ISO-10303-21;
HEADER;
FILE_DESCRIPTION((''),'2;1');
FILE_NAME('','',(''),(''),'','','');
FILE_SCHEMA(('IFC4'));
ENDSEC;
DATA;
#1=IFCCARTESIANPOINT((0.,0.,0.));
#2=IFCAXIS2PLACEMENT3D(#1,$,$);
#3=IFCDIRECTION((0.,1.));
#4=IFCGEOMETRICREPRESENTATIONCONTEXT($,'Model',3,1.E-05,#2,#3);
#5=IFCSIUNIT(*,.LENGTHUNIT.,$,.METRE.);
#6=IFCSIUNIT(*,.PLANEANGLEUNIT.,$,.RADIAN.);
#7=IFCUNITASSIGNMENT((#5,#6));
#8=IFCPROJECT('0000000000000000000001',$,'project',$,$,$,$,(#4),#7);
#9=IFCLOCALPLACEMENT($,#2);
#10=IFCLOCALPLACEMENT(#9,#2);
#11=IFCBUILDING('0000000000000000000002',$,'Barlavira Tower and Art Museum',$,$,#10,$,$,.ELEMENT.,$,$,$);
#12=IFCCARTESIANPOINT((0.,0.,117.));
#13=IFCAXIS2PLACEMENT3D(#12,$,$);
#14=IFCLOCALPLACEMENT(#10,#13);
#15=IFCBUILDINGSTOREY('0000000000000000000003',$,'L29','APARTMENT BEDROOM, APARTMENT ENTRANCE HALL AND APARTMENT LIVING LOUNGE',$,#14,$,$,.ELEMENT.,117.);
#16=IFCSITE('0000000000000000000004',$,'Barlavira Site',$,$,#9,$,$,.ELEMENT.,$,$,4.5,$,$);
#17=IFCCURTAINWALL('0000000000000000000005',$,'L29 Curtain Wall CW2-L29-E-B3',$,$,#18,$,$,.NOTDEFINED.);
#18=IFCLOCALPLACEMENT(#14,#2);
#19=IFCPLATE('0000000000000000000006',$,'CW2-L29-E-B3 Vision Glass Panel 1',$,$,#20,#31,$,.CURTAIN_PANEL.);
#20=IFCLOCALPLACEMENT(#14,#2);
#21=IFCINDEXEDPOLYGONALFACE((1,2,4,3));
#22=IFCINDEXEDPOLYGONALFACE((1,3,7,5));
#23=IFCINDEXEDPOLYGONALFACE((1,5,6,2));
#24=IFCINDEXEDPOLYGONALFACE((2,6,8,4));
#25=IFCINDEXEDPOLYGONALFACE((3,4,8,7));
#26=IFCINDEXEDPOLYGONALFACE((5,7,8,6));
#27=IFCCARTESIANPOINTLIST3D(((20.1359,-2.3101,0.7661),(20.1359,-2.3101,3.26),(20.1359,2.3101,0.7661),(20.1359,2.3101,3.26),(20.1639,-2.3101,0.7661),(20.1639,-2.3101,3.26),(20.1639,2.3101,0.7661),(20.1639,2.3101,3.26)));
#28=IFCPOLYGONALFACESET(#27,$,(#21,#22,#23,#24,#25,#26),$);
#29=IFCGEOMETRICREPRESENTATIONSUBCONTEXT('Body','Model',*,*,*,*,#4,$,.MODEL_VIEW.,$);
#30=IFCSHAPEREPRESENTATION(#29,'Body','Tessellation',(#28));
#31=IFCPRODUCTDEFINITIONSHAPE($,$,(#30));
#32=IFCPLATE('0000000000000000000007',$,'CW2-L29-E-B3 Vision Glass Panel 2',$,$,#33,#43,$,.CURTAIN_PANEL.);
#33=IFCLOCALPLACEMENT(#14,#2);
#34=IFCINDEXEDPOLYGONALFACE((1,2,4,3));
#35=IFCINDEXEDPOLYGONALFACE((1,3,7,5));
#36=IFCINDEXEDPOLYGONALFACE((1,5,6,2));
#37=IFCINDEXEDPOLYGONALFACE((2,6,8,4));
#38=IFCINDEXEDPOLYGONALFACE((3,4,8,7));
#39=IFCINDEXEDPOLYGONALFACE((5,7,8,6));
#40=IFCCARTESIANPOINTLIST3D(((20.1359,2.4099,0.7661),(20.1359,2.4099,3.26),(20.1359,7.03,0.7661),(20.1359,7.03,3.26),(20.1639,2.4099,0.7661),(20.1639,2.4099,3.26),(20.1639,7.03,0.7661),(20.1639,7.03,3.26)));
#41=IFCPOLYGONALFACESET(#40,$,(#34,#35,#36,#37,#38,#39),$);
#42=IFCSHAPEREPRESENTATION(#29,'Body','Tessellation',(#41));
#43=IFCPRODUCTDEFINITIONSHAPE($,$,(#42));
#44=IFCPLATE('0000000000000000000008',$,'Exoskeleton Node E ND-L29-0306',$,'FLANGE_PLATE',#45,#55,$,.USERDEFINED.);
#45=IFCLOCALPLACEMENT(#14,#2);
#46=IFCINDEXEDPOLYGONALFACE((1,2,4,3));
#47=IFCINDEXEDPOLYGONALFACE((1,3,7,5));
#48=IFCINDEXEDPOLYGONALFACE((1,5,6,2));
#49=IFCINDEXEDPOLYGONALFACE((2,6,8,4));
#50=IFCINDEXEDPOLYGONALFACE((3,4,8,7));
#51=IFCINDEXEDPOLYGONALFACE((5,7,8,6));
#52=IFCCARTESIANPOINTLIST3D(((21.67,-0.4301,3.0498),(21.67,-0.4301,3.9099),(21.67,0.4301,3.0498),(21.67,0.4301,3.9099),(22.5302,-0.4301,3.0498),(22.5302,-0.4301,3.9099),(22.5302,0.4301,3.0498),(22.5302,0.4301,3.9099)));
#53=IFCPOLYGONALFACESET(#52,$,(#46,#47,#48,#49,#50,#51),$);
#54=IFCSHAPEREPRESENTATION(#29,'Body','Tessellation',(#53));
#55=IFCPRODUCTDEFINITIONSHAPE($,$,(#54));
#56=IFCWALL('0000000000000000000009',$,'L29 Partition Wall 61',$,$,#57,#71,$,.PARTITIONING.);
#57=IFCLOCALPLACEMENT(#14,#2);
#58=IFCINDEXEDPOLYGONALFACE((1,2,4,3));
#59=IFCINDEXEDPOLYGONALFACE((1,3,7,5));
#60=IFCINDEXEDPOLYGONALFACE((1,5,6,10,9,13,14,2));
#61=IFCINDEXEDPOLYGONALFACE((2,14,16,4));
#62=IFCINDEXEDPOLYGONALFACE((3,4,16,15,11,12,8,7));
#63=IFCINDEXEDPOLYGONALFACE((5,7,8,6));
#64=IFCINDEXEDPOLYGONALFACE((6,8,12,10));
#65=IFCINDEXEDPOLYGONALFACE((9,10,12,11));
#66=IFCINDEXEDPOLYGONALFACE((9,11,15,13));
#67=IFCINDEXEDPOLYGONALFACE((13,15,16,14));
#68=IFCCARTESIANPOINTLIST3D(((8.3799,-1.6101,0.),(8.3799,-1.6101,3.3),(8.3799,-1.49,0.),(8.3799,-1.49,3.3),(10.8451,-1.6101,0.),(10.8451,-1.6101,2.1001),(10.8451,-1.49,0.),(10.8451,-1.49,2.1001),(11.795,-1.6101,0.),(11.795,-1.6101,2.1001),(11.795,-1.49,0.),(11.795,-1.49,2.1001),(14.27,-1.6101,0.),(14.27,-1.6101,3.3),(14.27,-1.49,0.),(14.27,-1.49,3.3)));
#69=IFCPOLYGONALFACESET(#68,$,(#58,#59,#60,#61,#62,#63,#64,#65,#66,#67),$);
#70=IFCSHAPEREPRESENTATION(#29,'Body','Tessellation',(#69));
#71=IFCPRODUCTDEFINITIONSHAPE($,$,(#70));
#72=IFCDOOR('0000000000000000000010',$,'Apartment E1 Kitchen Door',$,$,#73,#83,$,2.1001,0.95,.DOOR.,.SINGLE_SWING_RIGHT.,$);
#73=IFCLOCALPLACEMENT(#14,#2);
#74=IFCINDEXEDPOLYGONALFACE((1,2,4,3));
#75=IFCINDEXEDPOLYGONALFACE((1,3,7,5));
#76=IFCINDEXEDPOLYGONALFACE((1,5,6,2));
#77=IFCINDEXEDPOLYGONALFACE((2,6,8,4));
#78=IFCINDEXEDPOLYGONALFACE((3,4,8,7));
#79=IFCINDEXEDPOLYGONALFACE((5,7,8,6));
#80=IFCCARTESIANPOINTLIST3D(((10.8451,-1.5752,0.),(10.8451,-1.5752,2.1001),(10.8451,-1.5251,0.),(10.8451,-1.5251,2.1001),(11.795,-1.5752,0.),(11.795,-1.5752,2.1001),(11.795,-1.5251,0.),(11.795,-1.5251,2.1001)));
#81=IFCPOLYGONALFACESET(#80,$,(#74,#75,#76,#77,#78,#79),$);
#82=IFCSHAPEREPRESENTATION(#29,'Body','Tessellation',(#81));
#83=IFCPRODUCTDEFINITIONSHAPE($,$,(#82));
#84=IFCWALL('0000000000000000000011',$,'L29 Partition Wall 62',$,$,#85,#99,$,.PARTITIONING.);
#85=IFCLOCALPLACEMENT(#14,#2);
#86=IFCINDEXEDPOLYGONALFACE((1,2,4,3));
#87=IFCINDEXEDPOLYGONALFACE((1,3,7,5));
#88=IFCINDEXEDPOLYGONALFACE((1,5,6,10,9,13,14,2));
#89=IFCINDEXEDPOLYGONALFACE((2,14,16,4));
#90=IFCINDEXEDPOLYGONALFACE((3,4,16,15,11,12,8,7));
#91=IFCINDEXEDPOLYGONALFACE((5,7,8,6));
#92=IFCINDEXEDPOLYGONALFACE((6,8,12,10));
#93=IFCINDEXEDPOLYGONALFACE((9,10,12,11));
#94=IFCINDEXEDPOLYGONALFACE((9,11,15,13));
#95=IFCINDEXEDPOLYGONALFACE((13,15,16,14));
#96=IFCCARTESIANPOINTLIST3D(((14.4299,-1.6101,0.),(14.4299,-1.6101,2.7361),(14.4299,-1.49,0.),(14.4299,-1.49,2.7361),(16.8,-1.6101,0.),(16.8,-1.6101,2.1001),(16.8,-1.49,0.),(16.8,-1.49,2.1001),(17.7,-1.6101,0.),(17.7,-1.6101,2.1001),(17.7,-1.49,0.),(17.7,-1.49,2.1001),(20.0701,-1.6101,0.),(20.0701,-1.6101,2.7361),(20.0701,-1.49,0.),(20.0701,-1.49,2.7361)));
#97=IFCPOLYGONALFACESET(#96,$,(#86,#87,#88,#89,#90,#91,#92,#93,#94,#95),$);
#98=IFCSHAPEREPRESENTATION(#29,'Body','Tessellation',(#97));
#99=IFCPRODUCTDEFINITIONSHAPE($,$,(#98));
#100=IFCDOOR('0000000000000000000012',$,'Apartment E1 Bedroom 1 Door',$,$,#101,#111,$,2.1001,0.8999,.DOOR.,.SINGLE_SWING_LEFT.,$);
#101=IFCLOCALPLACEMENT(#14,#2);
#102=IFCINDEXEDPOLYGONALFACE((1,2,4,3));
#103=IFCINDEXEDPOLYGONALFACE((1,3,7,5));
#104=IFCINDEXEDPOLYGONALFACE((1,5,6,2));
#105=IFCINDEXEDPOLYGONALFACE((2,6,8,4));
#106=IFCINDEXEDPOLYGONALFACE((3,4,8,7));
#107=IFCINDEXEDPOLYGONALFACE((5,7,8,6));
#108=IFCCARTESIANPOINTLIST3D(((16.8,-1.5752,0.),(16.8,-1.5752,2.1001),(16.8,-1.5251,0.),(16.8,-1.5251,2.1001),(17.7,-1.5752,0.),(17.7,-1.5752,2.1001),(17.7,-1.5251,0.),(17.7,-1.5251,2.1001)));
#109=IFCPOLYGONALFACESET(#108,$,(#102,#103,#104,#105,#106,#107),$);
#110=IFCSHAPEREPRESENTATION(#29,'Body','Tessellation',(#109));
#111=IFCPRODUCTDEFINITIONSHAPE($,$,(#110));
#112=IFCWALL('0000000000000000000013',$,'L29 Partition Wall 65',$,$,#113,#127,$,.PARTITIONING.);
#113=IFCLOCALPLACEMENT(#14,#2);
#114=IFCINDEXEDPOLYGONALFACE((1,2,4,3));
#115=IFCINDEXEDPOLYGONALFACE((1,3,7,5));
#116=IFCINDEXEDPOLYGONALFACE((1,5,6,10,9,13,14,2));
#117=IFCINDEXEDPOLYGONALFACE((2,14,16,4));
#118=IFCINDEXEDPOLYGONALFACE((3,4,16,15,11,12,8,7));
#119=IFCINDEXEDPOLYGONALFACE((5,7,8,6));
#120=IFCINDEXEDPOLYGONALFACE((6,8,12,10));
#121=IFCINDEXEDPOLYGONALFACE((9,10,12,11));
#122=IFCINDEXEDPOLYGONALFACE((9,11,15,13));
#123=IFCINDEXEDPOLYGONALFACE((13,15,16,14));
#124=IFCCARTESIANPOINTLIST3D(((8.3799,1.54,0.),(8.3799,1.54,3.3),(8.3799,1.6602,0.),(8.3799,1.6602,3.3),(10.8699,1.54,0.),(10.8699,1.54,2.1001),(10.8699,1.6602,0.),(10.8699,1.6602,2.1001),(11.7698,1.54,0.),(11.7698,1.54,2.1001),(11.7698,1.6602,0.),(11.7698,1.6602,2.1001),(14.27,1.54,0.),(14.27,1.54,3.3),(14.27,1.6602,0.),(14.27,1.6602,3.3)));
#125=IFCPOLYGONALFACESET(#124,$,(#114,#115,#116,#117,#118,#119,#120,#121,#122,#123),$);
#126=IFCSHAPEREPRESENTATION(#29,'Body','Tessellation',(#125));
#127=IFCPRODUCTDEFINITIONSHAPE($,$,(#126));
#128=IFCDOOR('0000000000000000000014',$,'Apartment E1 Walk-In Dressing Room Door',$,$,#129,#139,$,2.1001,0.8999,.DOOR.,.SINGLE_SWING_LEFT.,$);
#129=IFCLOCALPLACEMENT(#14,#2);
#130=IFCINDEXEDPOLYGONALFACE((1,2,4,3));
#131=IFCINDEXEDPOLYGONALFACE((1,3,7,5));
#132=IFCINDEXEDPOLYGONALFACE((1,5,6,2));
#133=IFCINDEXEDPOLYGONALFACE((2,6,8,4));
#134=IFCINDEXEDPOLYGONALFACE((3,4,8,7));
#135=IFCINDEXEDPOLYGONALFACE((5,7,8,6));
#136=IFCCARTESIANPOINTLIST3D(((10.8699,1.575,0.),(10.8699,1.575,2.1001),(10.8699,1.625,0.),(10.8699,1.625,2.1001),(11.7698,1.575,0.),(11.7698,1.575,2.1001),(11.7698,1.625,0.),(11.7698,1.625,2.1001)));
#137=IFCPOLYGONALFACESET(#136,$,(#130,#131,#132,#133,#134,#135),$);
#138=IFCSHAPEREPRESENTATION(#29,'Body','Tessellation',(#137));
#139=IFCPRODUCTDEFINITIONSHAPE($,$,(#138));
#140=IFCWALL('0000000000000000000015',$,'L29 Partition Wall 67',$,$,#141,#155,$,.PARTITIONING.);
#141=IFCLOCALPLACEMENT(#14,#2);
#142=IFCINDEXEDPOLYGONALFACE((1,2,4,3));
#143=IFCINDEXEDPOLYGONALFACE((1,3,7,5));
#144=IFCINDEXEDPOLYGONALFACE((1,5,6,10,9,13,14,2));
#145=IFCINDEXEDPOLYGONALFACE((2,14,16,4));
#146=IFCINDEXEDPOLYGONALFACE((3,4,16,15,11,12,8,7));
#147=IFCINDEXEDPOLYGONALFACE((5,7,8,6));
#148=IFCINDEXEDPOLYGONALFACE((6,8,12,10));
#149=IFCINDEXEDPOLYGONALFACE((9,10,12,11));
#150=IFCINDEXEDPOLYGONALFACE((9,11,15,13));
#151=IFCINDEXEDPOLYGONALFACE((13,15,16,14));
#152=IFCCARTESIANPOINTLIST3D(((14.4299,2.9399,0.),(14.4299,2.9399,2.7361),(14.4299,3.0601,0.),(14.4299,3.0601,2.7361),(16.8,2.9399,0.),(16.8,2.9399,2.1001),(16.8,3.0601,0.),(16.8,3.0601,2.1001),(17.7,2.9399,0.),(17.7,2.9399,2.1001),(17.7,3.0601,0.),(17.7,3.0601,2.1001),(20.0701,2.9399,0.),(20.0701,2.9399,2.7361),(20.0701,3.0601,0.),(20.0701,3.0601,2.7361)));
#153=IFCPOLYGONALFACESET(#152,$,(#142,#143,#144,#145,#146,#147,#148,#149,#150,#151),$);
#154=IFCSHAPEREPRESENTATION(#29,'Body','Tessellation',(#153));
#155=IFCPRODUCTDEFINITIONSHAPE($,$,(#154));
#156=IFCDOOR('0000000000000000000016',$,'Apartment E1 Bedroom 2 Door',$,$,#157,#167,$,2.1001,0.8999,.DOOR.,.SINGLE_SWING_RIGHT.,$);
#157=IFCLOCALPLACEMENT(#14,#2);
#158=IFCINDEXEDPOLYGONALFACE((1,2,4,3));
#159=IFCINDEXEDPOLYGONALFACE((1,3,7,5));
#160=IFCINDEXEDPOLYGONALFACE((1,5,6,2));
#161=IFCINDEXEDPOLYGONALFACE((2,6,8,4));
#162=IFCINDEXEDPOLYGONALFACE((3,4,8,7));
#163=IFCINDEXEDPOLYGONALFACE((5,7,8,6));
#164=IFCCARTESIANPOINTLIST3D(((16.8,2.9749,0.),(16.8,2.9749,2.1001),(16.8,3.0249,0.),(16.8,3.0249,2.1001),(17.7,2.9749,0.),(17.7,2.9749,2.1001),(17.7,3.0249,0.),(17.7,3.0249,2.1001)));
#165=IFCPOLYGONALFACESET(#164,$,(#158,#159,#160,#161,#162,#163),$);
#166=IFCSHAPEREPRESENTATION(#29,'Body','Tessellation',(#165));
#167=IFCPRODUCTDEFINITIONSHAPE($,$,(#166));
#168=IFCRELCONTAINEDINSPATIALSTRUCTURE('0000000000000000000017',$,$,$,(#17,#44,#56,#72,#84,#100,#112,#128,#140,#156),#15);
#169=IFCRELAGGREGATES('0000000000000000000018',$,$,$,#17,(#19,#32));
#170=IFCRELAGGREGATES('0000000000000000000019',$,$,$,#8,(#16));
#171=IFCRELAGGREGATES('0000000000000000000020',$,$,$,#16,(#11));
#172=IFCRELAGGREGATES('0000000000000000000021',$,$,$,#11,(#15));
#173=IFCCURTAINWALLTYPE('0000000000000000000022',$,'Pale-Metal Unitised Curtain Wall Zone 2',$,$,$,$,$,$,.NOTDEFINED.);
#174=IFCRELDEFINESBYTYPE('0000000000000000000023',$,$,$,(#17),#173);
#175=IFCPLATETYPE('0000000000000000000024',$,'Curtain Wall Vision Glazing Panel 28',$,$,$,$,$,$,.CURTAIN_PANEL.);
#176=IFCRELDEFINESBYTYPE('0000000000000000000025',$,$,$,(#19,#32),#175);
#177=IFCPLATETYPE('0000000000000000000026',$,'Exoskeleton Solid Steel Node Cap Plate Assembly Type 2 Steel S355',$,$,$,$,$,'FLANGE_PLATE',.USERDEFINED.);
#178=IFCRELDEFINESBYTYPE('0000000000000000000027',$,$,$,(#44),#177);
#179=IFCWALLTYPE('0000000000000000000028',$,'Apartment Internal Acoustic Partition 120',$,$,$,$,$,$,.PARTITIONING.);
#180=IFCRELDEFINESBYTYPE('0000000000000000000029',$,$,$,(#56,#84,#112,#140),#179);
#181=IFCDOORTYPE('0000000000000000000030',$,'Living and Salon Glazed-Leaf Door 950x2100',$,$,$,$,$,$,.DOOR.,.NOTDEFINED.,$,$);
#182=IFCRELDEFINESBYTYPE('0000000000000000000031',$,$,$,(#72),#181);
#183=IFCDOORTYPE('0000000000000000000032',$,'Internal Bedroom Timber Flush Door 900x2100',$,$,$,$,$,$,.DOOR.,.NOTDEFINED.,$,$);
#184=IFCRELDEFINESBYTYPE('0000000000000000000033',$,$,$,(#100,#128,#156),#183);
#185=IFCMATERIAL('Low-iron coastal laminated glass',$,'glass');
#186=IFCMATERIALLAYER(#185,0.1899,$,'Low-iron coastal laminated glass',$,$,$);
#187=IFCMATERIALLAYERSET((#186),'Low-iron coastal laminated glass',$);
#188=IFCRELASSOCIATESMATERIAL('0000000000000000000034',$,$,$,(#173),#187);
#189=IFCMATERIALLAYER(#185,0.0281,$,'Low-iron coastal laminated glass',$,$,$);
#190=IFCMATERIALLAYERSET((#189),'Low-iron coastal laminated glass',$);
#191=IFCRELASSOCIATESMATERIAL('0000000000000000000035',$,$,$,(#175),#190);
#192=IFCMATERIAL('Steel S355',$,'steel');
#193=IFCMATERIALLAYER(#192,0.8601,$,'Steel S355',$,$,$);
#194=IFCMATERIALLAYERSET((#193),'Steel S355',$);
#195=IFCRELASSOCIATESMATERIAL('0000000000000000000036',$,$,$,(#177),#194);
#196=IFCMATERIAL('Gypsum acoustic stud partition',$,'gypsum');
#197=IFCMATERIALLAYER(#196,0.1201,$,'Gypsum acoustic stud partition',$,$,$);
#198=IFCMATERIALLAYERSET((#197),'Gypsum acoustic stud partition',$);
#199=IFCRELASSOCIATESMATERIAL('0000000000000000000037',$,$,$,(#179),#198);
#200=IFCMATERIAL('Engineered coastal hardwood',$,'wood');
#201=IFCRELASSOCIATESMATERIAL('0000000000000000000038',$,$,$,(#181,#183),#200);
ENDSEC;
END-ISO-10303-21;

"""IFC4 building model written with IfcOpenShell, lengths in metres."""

from ifc_helpers import new_model, si_unit, direction, frame, frame_2d, origin, origin_2d, place, context, subcontext, project, spatial, rectangle, extrude, material, layer, layer_set, type_object, element, fill, aggregate, save


model = new_model("IFC4")

# Units and contexts
model_context = context("Model", 3, precision=1e-05, world=origin(), true_north=direction((0.0, 1.0)))
body_context = subcontext(model_context, "Body", "Model", "MODEL_VIEW")
ifc_project = project(units=[si_unit("LENGTHUNIT", "METRE"), si_unit("PLANEANGLEUNIT", "RADIAN")], contexts=[model_context])

# Site, building, storey
site_placement = place(None, origin())
site = spatial("IfcSite", under=ifc_project, at=site_placement, Name="Barlavira Site", CompositionType="ELEMENT", RefElevation=4.5)
building_placement = place(site_placement, origin())
building = spatial("IfcBuilding", under=site, at=building_placement, Name="Barlavira Tower and Art Museum", CompositionType="ELEMENT")
storey_placement = place(building_placement, frame((0.0, 0.0, 117.0)))
storey = spatial("IfcBuildingStorey", under=building, at=storey_placement, Name="L29", Description="APARTMENT BEDROOM, APARTMENT ENTRANCE HALL AND APARTMENT LIVING LOUNGE", CompositionType="ELEMENT", Elevation=117.0)

# Shared definitions
ifc_material_1 = material(Name="Steel S355", Category="steel")

# Curtain wall
ifc_material_2 = material(Name="Low-iron coastal laminated glass", Category="glass")
ifc_layer_1 = layer(ifc_material_2, 0.1899, Name="Low-iron coastal laminated glass")
ifc_layer_set_1 = layer_set([ifc_layer_1], Name="Low-iron coastal laminated glass")
curtain_wall_type = type_object("IfcCurtainWallType", Name="Pale-Metal Unitised Curtain Wall Zone 2", PredefinedType="NOTDEFINED", material=ifc_layer_set_1)
curtain_wall_placement = place(storey_placement, origin())
curtain_wall = element("IfcCurtainWall", 1, at=curtain_wall_placement, inside=storey, type_object=curtain_wall_type, Name="L29 Curtain Wall CW2-L29-E-B3", PredefinedType="NOTDEFINED")

# Plates
ifc_layer_2 = layer(ifc_material_2, 0.0281, Name="Low-iron coastal laminated glass")
ifc_layer_set_2 = layer_set([ifc_layer_2], Name="Low-iron coastal laminated glass")
plate_type_1 = type_object("IfcPlateType", Name="Curtain Wall Vision Glazing Panel 28", PredefinedType="CURTAIN_PANEL", material=ifc_layer_set_2)
plate_1_placement = place(storey_placement, frame((20.1499, 0.0, 0.7661), z_axis=(0.0, 0.0, 1.0), x_axis=(0.0, 1.0, 0.0)))
plate_1 = element("IfcPlate", 2, at=plate_1_placement, type_object=plate_type_1, Name="CW2-L29-E-B3 Vision Glass Panel 1", PredefinedType="CURTAIN_PANEL", context=body_context, shape_type="SweptSolid", body=[
    extrude(rectangle(XDim=4.6201, YDim=0.0281, at=origin_2d()), origin(), (0.0, 0.0, 1.0), 2.4939),
])
plate_2_placement = place(storey_placement, frame((20.1499, 4.72, 0.7661), z_axis=(0.0, 0.0, 1.0), x_axis=(0.0, 1.0, 0.0)))
plate_2 = element("IfcPlate", 3, at=plate_2_placement, type_object=plate_type_1, Name="CW2-L29-E-B3 Vision Glass Panel 2", PredefinedType="CURTAIN_PANEL", context=body_context, shape_type="SweptSolid", body=[
    extrude(rectangle(XDim=4.6201, YDim=0.0281, at=origin_2d()), origin(), (0.0, 0.0, 1.0), 2.4939),
])
aggregate(curtain_wall, [plate_1, plate_2])
ifc_layer_3 = layer(ifc_material_1, 0.8601, Name="Steel S355")
ifc_layer_set_3 = layer_set([ifc_layer_3], Name="Steel S355")
plate_type_2 = type_object("IfcPlateType", Name="Exoskeleton Solid Steel Node Cap Plate Assembly Type 2 Steel S355", ElementType="FLANGE_PLATE", PredefinedType="USERDEFINED", material=ifc_layer_set_3)
plate_3_placement = place(storey_placement, frame((22.1001, 0.0, 3.0498), z_axis=(0.0, 0.0, 1.0), x_axis=(1.0, 0.0, 0.0)))
element("IfcPlate", 4, at=plate_3_placement, inside=storey, type_object=plate_type_2, Name="Exoskeleton Node E ND-L29-0306", ObjectType="FLANGE_PLATE", PredefinedType="USERDEFINED", context=body_context, shape_type="SweptSolid", body=[
    extrude(rectangle(XDim=0.8601, YDim=0.8601, at=origin_2d()), origin(), (0.0, 0.0, 1.0), 0.8601),
])

# Walls, openings, doors
ifc_material_3 = material(Name="Gypsum acoustic stud partition", Category="gypsum")
ifc_layer_4 = layer(ifc_material_3, 0.1201, Name="Gypsum acoustic stud partition")
ifc_layer_set_4 = layer_set([ifc_layer_4], Name="Gypsum acoustic stud partition")
wall_type_1 = type_object("IfcWallType", Name="Apartment Internal Acoustic Partition 120", PredefinedType="PARTITIONING", material=ifc_layer_set_4)
wall_1_placement = place(storey_placement, frame((8.3799, -1.55, 0.0), z_axis=(0.0, 0.0, 1.0), x_axis=(1.0, 0.0, 0.0)))
wall_1 = element("IfcWall", 5, at=wall_1_placement, inside=storey, type_object=wall_type_1, Name="L29 Partition Wall 61", PredefinedType="PARTITIONING", context=body_context, shape_type="SweptSolid", body=[
    extrude(rectangle(XDim=5.8901, YDim=0.1201, at=frame_2d((2.9451, 0.0))), origin(), (0.0, 0.0, 1.0), 3.3),
])
opening_1_placement = place(wall_1_placement, frame((2.4651, 0.0, 0.0)))
opening_1 = element("IfcOpeningElement", 6, at=opening_1_placement, cuts=wall_1, PredefinedType="OPENING", context=body_context, shape_type="SweptSolid", body=[
    extrude(rectangle(XDim=0.95, YDim=2.1001, at=frame_2d((0.4751, 1.05))), frame((0.0, 0.0701, 0.0), z_axis=(0.0, -1.0, 0.0), x_axis=(1.0, 0.0, 0.0)), (0.0, 0.0, 1.0), 0.1401),
])
ifc_material_4 = material(Name="Engineered coastal hardwood", Category="wood")
door_type_1 = type_object("IfcDoorType", Name="Living and Salon Glazed-Leaf Door 950x2100", OperationType="NOTDEFINED", PredefinedType="DOOR", material=ifc_material_4)
door_1_placement = place(opening_1_placement, origin())
door_1 = element("IfcDoor", 7, at=door_1_placement, inside=storey, type_object=door_type_1, Name="Apartment E1 Kitchen Door", OperationType="SINGLE_SWING_RIGHT", OverallHeight=2.1001, OverallWidth=0.95, PredefinedType="DOOR", context=body_context, shape_type="SweptSolid", body=[
    extrude(rectangle(XDim=0.95, YDim=2.1001, at=frame_2d((0.4751, 1.05))), frame((0.0, 0.0249, 0.0), z_axis=(0.0, -1.0, 0.0), x_axis=(1.0, 0.0, 0.0)), (0.0, 0.0, 1.0), 0.05),
])
fill(opening_1, door_1)
wall_2_placement = place(storey_placement, frame((14.4299, -1.55, 0.0), z_axis=(0.0, 0.0, 1.0), x_axis=(1.0, 0.0, 0.0)))
wall_2 = element("IfcWall", 8, at=wall_2_placement, inside=storey, type_object=wall_type_1, Name="L29 Partition Wall 62", PredefinedType="PARTITIONING", context=body_context, shape_type="SweptSolid", body=[
    extrude(rectangle(XDim=5.6401, YDim=0.1201, at=frame_2d((2.8201, 0.0))), origin(), (0.0, 0.0, 1.0), 2.7361),
])
opening_2_placement = place(wall_2_placement, frame((2.3701, 0.0, 0.0)))
opening_2 = element("IfcOpeningElement", 9, at=opening_2_placement, cuts=wall_2, PredefinedType="OPENING", context=body_context, shape_type="SweptSolid", body=[
    extrude(rectangle(XDim=0.8999, YDim=2.1001, at=frame_2d((0.45, 1.05))), frame((0.0, 0.0701, 0.0), z_axis=(0.0, -1.0, 0.0), x_axis=(1.0, 0.0, 0.0)), (0.0, 0.0, 1.0), 0.1401),
])
door_type_2 = type_object("IfcDoorType", Name="Internal Bedroom Timber Flush Door 900x2100", OperationType="NOTDEFINED", PredefinedType="DOOR", material=ifc_material_4)
door_2_placement = place(opening_2_placement, origin())
door_2 = element("IfcDoor", 10, at=door_2_placement, inside=storey, type_object=door_type_2, Name="Apartment E1 Bedroom 1 Door", OperationType="SINGLE_SWING_LEFT", OverallHeight=2.1001, OverallWidth=0.8999, PredefinedType="DOOR", context=body_context, shape_type="SweptSolid", body=[
    extrude(rectangle(XDim=0.8999, YDim=2.1001, at=frame_2d((0.45, 1.05))), frame((0.0, 0.0249, 0.0), z_axis=(0.0, -1.0, 0.0), x_axis=(1.0, 0.0, 0.0)), (0.0, 0.0, 1.0), 0.05),
])
fill(opening_2, door_2)
wall_3_placement = place(storey_placement, frame((8.3799, 1.6001, 0.0), z_axis=(0.0, 0.0, 1.0), x_axis=(1.0, 0.0, 0.0)))
wall_3 = element("IfcWall", 11, at=wall_3_placement, inside=storey, type_object=wall_type_1, Name="L29 Partition Wall 65", PredefinedType="PARTITIONING", context=body_context, shape_type="SweptSolid", body=[
    extrude(rectangle(XDim=5.8901, YDim=0.1201, at=frame_2d((2.9451, 0.0))), origin(), (0.0, 0.0, 1.0), 3.3),
])
opening_3_placement = place(wall_3_placement, frame((2.49, 0.0, 0.0)))
opening_3 = element("IfcOpeningElement", 12, at=opening_3_placement, cuts=wall_3, PredefinedType="OPENING", context=body_context, shape_type="SweptSolid", body=[
    extrude(rectangle(XDim=0.8999, YDim=2.1001, at=frame_2d((0.45, 1.05))), frame((0.0, 0.0701, 0.0), z_axis=(0.0, -1.0, 0.0), x_axis=(1.0, 0.0, 0.0)), (0.0, 0.0, 1.0), 0.1401),
])
door_3_placement = place(opening_3_placement, origin())
door_3 = element("IfcDoor", 13, at=door_3_placement, inside=storey, type_object=door_type_2, Name="Apartment E1 Walk-In Dressing Room Door", OperationType="SINGLE_SWING_LEFT", OverallHeight=2.1001, OverallWidth=0.8999, PredefinedType="DOOR", context=body_context, shape_type="SweptSolid", body=[
    extrude(rectangle(XDim=0.8999, YDim=2.1001, at=frame_2d((0.45, 1.05))), frame((0.0, 0.0249, 0.0), z_axis=(0.0, -1.0, 0.0), x_axis=(1.0, 0.0, 0.0)), (0.0, 0.0, 1.0), 0.05),
])
fill(opening_3, door_3)
wall_4_placement = place(storey_placement, frame((14.4299, 3.0, 0.0), z_axis=(0.0, 0.0, 1.0), x_axis=(1.0, 0.0, 0.0)))
wall_4 = element("IfcWall", 14, at=wall_4_placement, inside=storey, type_object=wall_type_1, Name="L29 Partition Wall 67", PredefinedType="PARTITIONING", context=body_context, shape_type="SweptSolid", body=[
    extrude(rectangle(XDim=5.6401, YDim=0.1201, at=frame_2d((2.8201, 0.0))), origin(), (0.0, 0.0, 1.0), 2.7361),
])
opening_4_placement = place(wall_4_placement, frame((2.3701, 0.0, 0.0)))
opening_4 = element("IfcOpeningElement", 15, at=opening_4_placement, cuts=wall_4, PredefinedType="OPENING", context=body_context, shape_type="SweptSolid", body=[
    extrude(rectangle(XDim=0.8999, YDim=2.1001, at=frame_2d((0.45, 1.05))), frame((0.0, 0.0701, 0.0), z_axis=(0.0, -1.0, 0.0), x_axis=(1.0, 0.0, 0.0)), (0.0, 0.0, 1.0), 0.1401),
])
door_4_placement = place(opening_4_placement, origin())
door_4 = element("IfcDoor", 16, at=door_4_placement, inside=storey, type_object=door_type_2, Name="Apartment E1 Bedroom 2 Door", OperationType="SINGLE_SWING_RIGHT", OverallHeight=2.1001, OverallWidth=0.8999, PredefinedType="DOOR", context=body_context, shape_type="SweptSolid", body=[
    extrude(rectangle(XDim=0.8999, YDim=2.1001, at=frame_2d((0.45, 1.05))), frame((0.0, 0.0249, 0.0), z_axis=(0.0, -1.0, 0.0), x_axis=(1.0, 0.0, 0.0)), (0.0, 0.0, 1.0), 0.05),
])
fill(opening_4, door_4)

save(model, "model.ifc")
